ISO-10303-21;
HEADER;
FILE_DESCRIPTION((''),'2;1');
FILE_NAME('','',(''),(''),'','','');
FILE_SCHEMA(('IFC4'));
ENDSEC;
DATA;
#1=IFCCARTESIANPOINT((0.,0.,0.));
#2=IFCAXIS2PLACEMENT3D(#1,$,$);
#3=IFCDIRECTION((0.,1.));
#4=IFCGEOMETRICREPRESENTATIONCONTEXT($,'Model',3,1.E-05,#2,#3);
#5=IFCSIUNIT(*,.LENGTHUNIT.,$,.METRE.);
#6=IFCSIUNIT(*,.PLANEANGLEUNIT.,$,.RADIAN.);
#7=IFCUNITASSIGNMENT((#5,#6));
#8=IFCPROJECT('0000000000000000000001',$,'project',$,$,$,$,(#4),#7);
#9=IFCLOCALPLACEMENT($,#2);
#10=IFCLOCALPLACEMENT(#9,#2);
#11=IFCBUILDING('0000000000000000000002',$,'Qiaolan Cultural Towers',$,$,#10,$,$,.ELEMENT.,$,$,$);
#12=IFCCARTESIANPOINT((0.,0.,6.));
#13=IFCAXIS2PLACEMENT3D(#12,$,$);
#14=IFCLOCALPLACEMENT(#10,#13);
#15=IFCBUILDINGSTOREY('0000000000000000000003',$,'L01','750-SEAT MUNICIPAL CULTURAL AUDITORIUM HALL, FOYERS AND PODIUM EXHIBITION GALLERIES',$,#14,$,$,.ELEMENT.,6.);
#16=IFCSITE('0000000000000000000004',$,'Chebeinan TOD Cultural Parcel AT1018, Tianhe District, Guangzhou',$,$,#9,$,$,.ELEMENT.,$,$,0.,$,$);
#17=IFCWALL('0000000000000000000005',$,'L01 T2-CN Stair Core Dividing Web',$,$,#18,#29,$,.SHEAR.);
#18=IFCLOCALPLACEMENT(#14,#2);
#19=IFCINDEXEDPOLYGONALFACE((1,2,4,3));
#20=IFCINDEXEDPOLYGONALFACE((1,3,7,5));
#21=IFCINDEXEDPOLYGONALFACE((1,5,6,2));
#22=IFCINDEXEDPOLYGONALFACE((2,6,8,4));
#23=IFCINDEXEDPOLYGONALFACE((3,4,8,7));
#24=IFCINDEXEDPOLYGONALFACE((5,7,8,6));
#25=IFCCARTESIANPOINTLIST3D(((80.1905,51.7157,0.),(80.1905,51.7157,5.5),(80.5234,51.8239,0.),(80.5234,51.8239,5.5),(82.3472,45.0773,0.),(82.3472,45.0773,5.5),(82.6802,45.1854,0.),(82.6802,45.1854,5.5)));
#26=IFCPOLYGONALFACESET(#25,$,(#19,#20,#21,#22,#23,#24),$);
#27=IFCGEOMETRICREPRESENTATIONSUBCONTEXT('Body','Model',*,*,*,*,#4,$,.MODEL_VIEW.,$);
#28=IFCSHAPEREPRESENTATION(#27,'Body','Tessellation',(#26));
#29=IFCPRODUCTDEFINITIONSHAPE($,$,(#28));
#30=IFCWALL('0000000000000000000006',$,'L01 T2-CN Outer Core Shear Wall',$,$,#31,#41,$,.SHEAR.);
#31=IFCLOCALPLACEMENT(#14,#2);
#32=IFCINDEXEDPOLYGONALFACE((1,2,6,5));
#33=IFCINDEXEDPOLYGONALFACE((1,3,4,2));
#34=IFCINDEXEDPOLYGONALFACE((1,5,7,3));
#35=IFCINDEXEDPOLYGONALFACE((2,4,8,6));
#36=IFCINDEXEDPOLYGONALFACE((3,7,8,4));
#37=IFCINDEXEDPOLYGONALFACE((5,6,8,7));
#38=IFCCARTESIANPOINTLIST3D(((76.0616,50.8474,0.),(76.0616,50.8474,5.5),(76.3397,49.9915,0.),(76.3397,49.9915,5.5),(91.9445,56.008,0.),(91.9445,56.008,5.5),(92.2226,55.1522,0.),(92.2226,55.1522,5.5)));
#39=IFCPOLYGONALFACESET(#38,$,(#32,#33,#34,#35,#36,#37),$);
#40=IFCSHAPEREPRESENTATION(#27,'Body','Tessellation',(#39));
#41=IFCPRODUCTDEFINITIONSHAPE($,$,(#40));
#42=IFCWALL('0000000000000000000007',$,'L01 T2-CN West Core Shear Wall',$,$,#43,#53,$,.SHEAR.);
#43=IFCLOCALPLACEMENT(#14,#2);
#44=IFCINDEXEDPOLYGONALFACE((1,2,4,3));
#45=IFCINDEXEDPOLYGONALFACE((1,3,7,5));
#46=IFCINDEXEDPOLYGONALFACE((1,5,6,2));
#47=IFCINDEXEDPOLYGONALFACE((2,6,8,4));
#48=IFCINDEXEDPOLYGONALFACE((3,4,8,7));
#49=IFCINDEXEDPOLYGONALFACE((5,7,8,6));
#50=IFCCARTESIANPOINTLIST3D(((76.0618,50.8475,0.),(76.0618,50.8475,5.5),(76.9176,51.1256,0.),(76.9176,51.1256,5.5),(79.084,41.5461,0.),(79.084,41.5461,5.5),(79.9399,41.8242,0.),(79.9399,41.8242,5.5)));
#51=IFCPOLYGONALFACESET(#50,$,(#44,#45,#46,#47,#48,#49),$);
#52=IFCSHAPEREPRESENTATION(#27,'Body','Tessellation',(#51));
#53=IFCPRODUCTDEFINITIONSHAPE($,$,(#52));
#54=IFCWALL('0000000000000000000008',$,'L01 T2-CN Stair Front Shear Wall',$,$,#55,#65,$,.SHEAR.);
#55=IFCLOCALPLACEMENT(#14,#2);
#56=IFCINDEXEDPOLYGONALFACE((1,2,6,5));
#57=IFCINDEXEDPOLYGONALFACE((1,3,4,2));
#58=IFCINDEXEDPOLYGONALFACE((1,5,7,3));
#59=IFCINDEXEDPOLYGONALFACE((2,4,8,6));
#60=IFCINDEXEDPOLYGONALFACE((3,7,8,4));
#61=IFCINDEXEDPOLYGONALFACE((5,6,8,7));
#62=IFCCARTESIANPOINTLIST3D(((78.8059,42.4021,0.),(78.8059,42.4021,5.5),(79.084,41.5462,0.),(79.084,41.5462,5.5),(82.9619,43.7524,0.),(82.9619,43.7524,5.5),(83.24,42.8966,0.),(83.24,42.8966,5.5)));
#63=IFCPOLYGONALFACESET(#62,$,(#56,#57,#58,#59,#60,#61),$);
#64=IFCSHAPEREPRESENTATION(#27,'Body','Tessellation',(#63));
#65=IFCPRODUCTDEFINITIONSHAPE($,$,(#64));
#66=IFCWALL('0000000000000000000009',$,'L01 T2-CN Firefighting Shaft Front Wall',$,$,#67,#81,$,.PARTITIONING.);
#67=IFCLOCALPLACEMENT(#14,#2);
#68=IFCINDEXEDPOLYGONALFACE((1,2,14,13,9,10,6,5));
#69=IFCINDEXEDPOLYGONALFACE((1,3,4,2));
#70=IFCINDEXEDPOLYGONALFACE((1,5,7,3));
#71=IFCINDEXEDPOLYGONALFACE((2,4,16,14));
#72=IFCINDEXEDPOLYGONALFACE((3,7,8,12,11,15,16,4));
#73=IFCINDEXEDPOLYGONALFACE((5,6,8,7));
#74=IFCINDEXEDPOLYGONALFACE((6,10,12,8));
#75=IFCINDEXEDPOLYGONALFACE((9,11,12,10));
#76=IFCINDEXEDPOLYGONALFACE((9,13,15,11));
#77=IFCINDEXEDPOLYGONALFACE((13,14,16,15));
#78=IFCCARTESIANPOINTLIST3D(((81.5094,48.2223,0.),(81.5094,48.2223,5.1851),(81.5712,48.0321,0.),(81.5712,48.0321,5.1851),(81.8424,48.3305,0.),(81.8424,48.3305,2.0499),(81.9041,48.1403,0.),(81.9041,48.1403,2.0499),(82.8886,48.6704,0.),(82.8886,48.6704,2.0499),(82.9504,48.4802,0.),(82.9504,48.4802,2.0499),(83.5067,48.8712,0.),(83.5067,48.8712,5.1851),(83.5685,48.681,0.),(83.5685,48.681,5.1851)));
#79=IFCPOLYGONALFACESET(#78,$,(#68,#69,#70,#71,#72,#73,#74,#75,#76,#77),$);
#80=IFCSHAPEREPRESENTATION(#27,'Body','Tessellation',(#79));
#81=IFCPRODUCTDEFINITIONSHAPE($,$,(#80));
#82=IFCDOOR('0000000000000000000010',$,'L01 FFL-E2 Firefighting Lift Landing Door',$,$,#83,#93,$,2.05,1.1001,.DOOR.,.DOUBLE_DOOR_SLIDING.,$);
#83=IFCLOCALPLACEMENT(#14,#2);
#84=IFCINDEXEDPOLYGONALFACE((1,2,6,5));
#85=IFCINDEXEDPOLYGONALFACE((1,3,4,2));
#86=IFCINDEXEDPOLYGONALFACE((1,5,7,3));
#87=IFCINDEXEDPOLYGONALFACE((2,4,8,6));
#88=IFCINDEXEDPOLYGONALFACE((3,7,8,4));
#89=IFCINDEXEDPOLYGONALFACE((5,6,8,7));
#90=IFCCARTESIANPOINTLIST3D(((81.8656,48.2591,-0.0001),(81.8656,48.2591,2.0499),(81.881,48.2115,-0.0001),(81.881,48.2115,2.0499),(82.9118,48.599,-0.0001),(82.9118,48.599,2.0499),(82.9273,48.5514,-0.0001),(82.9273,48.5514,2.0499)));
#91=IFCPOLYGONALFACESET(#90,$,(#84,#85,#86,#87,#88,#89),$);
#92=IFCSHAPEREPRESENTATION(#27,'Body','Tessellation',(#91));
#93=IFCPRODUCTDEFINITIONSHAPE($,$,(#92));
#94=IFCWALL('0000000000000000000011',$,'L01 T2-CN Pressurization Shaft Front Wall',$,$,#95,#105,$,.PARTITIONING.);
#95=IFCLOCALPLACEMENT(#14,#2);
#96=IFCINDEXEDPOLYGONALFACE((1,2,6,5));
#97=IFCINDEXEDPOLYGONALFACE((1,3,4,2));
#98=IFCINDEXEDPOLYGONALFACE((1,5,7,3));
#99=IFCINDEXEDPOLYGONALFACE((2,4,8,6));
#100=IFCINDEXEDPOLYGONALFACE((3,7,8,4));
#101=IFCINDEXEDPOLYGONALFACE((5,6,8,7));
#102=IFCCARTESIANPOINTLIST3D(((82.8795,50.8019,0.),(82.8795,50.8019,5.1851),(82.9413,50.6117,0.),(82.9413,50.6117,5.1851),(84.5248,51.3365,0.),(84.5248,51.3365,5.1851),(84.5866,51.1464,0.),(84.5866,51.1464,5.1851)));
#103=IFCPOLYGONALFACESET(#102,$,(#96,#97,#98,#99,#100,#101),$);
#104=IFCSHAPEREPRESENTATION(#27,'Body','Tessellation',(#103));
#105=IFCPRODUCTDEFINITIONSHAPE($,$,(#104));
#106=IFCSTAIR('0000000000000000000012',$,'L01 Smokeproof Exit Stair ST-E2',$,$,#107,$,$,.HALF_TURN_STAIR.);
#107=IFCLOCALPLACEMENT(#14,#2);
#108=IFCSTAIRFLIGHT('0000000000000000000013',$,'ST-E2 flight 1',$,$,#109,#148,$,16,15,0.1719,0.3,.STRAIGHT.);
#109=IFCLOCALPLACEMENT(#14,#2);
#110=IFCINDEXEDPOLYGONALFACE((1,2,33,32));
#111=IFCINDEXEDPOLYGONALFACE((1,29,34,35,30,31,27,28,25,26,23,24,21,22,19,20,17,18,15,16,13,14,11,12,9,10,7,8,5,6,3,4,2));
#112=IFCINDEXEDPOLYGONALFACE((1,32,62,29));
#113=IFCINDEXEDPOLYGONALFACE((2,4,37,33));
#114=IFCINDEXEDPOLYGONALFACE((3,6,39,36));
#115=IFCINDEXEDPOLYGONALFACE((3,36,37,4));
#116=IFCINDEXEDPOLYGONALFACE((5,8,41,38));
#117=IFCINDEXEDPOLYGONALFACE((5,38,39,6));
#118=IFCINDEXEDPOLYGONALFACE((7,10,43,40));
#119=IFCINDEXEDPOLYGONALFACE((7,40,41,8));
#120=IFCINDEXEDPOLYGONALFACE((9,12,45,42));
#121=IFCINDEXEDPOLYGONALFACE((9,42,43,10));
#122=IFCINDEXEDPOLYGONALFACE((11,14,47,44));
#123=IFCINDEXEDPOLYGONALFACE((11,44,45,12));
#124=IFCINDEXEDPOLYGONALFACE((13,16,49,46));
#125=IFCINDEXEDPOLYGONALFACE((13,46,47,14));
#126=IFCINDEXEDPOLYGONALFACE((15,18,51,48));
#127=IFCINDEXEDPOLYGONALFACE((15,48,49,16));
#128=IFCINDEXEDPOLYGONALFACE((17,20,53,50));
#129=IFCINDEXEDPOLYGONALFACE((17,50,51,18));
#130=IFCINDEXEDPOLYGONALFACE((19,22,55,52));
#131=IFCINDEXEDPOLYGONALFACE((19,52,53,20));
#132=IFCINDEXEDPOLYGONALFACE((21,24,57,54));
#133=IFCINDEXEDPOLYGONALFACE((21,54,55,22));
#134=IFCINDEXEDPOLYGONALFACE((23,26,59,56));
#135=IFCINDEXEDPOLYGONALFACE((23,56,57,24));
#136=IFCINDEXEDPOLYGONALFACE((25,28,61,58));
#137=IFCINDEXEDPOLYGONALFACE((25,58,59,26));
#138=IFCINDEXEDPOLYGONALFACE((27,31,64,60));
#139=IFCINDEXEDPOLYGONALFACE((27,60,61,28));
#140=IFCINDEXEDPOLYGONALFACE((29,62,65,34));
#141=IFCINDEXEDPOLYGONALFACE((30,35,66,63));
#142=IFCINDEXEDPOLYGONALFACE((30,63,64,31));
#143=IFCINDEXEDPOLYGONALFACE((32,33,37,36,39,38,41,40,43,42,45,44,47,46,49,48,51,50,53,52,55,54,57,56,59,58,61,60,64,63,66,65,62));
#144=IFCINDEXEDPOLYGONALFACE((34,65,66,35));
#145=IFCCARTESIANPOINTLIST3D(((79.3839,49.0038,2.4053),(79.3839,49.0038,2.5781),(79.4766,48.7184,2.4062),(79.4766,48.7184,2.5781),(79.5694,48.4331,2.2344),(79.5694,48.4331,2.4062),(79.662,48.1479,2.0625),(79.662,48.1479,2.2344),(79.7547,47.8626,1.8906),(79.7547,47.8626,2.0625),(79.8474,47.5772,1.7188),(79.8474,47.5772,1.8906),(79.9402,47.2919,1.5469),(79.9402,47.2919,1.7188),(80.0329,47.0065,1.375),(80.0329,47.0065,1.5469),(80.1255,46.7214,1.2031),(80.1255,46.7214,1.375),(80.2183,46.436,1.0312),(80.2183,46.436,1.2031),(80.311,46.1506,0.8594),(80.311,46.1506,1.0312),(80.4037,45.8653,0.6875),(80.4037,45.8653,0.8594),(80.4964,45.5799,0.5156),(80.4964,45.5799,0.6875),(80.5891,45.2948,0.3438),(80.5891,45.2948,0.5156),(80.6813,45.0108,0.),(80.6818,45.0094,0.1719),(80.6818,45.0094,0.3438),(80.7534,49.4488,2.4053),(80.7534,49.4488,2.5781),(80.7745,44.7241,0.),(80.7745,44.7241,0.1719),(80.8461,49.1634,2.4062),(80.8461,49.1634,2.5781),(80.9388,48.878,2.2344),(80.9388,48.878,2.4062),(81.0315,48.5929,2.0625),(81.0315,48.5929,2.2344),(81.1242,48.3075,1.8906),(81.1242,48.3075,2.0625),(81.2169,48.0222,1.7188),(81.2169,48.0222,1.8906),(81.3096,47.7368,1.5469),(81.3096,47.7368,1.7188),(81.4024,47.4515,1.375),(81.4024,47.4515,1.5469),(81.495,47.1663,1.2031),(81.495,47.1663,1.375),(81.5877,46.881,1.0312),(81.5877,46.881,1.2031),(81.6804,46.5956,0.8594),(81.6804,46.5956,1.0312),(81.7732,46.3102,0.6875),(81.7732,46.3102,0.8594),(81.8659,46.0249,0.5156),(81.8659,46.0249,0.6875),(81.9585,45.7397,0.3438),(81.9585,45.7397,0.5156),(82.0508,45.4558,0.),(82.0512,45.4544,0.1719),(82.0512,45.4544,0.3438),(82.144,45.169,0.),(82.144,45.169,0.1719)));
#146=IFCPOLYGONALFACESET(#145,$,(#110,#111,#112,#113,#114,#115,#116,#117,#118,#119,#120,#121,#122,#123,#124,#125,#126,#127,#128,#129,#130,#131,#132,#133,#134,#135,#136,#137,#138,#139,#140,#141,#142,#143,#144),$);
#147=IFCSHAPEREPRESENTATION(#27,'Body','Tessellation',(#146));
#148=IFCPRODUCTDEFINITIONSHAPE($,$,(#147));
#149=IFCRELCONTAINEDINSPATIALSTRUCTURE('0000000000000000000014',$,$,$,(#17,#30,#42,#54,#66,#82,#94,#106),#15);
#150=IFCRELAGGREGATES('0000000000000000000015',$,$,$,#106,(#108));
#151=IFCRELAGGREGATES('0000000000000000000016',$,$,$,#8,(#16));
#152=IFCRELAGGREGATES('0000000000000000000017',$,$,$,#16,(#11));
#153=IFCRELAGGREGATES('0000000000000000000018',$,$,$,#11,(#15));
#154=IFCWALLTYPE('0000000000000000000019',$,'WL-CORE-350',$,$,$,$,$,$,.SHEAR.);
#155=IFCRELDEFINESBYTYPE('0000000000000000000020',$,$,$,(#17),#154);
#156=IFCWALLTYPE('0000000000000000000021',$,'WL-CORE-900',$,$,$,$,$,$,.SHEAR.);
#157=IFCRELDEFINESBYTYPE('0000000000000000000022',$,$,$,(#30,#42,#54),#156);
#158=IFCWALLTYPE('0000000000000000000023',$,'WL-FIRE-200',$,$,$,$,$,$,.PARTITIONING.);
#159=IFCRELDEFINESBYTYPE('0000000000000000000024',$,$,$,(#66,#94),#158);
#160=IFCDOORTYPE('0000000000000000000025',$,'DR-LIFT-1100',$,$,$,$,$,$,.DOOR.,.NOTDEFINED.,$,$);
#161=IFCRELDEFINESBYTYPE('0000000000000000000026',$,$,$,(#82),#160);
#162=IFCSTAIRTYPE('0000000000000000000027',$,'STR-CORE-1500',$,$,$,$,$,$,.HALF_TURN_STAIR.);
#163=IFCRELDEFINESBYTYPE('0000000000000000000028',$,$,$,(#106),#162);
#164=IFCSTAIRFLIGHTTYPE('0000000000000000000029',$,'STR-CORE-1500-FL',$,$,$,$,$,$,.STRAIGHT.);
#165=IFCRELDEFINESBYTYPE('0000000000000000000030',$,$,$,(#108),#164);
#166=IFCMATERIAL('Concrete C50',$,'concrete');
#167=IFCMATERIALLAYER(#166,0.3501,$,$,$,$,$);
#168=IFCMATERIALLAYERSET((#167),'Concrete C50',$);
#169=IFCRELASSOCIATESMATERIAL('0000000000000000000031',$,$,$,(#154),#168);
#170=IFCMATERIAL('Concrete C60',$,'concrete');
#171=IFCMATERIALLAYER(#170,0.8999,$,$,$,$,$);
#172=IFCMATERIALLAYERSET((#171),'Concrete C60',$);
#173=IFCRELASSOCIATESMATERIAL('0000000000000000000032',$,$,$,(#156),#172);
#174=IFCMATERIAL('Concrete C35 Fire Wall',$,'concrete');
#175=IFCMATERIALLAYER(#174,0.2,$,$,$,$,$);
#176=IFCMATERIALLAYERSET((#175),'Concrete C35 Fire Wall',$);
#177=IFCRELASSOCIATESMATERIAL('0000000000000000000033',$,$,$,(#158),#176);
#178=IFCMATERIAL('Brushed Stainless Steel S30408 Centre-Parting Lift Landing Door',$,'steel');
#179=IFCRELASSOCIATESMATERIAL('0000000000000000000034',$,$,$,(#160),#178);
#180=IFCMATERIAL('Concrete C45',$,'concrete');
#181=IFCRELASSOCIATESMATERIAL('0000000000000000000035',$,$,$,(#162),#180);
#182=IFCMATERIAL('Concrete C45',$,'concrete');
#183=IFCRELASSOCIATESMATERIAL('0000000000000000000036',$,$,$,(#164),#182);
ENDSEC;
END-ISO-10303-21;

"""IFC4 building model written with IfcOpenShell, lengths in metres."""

from ifc_helpers import new_model, si_unit, direction, frame, frame_2d, origin, place, context, subcontext, project, spatial, polyline, rectangle, outline, extrude, material, layer, layer_set, type_object, element, fill, aggregate, save


model = new_model("IFC4")

# Units and contexts
model_context = context("Model", 3, precision=1e-05, world=origin(), true_north=direction((0.0, 1.0)))
body_context = subcontext(model_context, "Body", "Model", "MODEL_VIEW")
ifc_project = project(units=[si_unit("LENGTHUNIT", "METRE"), si_unit("PLANEANGLEUNIT", "RADIAN")], contexts=[model_context])

# Site, building, storey
site_placement = place(None, origin())
site = spatial("IfcSite", under=ifc_project, at=site_placement, Name="Chebeinan TOD Cultural Parcel AT1018, Tianhe District, Guangzhou", CompositionType="ELEMENT", RefElevation=0.0)
building_placement = place(site_placement, origin())
building = spatial("IfcBuilding", under=site, at=building_placement, Name="Qiaolan Cultural Towers", CompositionType="ELEMENT")
storey_placement = place(building_placement, frame((0.0, 0.0, 6.0)))
storey = spatial("IfcBuildingStorey", under=building, at=storey_placement, Name="L01", Description="750-SEAT MUNICIPAL CULTURAL AUDITORIUM HALL, FOYERS AND PODIUM EXHIBITION GALLERIES", CompositionType="ELEMENT", Elevation=6.0)

# Walls
ifc_material_1 = material(Name="Concrete C50", Category="concrete")
ifc_layer_1 = layer(ifc_material_1, 0.3501)
ifc_layer_set_1 = layer_set([ifc_layer_1], Name="Concrete C50")
wall_type_1 = type_object("IfcWallType", Name="WL-CORE-350", PredefinedType="SHEAR", material=ifc_layer_set_1)
wall_1_placement = place(storey_placement, frame((82.5137, 45.1313, 0.0), z_axis=(0.0, 0.0, 1.0), x_axis=(-0.308989, 0.951066, 0.0)))
element("IfcWall", 1, at=wall_1_placement, inside=storey, type_object=wall_type_1, Name="L01 T2-CN Stair Core Dividing Web", PredefinedType="SHEAR", context=body_context, shape_type="SweptSolid", body=[
    extrude(rectangle(XDim=6.98, YDim=0.3501, at=frame_2d((3.49, 0.0))), origin(), (0.0, 0.0, 1.0), 5.5),
])
ifc_material_2 = material(Name="Concrete C60", Category="concrete")
ifc_layer_2 = layer(ifc_material_2, 0.8999)
ifc_layer_set_2 = layer_set([ifc_layer_2], Name="Concrete C60")
wall_type_2 = type_object("IfcWallType", Name="WL-CORE-900", PredefinedType="SHEAR", material=ifc_layer_set_2)
wall_2_placement = place(storey_placement, frame((76.2007, 50.4194, 0.0), z_axis=(0.0, 0.0, 1.0), x_axis=(0.951056, 0.309017, 0.0)))
element("IfcWall", 2, at=wall_2_placement, inside=storey, type_object=wall_type_2, Name="L01 T2-CN Outer Core Shear Wall", PredefinedType="SHEAR", context=body_context, shape_type="SweptSolid", body=[
    extrude(rectangle(XDim=16.7002, YDim=0.8999, at=frame_2d((8.3501, 0.0))), origin(), (0.0, 0.0, 1.0), 5.5),
])
wall_3_placement = place(storey_placement, frame((79.512, 41.6851, 0.0), z_axis=(0.0, 0.0, 1.0), x_axis=(-0.309022, 0.951055, 0.0)))
element("IfcWall", 3, at=wall_3_placement, inside=storey, type_object=wall_type_2, Name="L01 T2-CN West Core Shear Wall", PredefinedType="SHEAR", context=body_context, shape_type="SweptSolid", body=[
    extrude(rectangle(XDim=9.78, YDim=0.8999, at=frame_2d((4.8901, 0.0))), origin(), (0.0, 0.0, 1.0), 5.5),
])
wall_4_placement = place(storey_placement, frame((78.9448, 41.9741, 0.0), z_axis=(0.0, 0.0, 1.0), x_axis=(0.951058, 0.309012, 0.0)))
element("IfcWall", 4, at=wall_4_placement, inside=storey, type_object=wall_type_2, Name="L01 T2-CN Stair Front Shear Wall", PredefinedType="SHEAR", context=body_context, shape_type="SweptSolid", body=[
    extrude(rectangle(XDim=4.3699, YDim=0.8999, at=frame_2d((2.1851, 0.0))), origin(), (0.0, 0.0, 1.0), 5.5),
])

# Wall, opening, door
ifc_material_3 = material(Name="Concrete C35 Fire Wall", Category="concrete")
ifc_layer_3 = layer(ifc_material_3, 0.2)
ifc_layer_set_3 = layer_set([ifc_layer_3], Name="Concrete C35 Fire Wall")
wall_type_3 = type_object("IfcWallType", Name="WL-FIRE-200", PredefinedType="PARTITIONING", material=ifc_layer_set_3)
wall_5_placement = place(storey_placement, frame((81.5403, 48.1272, 0.0), z_axis=(0.0, 0.0, 1.0), x_axis=(0.951062, 0.308999, 0.0)))
wall_5 = element("IfcWall", 5, at=wall_5_placement, inside=storey, type_object=wall_type_3, Name="L01 T2-CN Firefighting Shaft Front Wall", PredefinedType="PARTITIONING", context=body_context, shape_type="SweptSolid", body=[
    extrude(rectangle(XDim=2.1001, YDim=0.2, at=frame_2d((1.05, 0.0))), origin(), (0.0, 0.0, 1.0), 5.1851),
])
opening_placement = place(wall_5_placement, frame((0.3501, 0.0, 0.0)))
opening = element("IfcOpeningElement", 6, at=opening_placement, cuts=wall_5, PredefinedType="OPENING", context=body_context, shape_type="SweptSolid", body=[
    extrude(rectangle(XDim=1.1001, YDim=2.05, at=frame_2d((0.55, 1.0249))), frame((0.0, 0.1099, 0.0), z_axis=(0.0, -1.0, 0.0), x_axis=(1.0, 0.0, 0.0)), (0.0, 0.0, 1.0), 0.22),
])
ifc_material_4 = material(Name="Brushed Stainless Steel S30408 Centre-Parting Lift Landing Door", Category="steel")
door_type = type_object("IfcDoorType", Name="DR-LIFT-1100", OperationType="NOTDEFINED", PredefinedType="DOOR", material=ifc_material_4)
door_placement = place(opening_placement, origin())
door = element("IfcDoor", 7, at=door_placement, inside=storey, type_object=door_type, Name="L01 FFL-E2 Firefighting Lift Landing Door", OperationType="DOUBLE_DOOR_SLIDING", OverallHeight=2.05, OverallWidth=1.1001, PredefinedType="DOOR", context=body_context, shape_type="SweptSolid", body=[
    extrude(rectangle(XDim=1.1001, YDim=2.05, at=frame_2d((0.55, 1.0249))), frame((0.0, 0.0249, 0.0), z_axis=(0.0, -1.0, 0.0), x_axis=(1.0, 0.0, 0.0)), (0.0, 0.0, 1.0), 0.05),
])
fill(opening, door)

# Wall
wall_6_placement = place(storey_placement, frame((82.9104, 50.7068, 0.0), z_axis=(0.0, 0.0, 1.0), x_axis=(0.951041, 0.309064, 0.0)))
element("IfcWall", 8, at=wall_6_placement, inside=storey, type_object=wall_type_3, Name="L01 T2-CN Pressurization Shaft Front Wall", PredefinedType="PARTITIONING", context=body_context, shape_type="SweptSolid", body=[
    extrude(rectangle(XDim=1.73, YDim=0.2, at=frame_2d((0.865, 0.0))), origin(), (0.0, 0.0, 1.0), 5.1851),
])

# Stair, stair flight
ifc_material_5 = material(Name="Concrete C45", Category="concrete")
stair_type = type_object("IfcStairType", Name="STR-CORE-1500", PredefinedType="HALF_TURN_STAIR", material=ifc_material_5)
stair_placement = place(storey_placement, origin())
stair = element("IfcStair", 9, at=stair_placement, inside=storey, type_object=stair_type, Name="L01 Smokeproof Exit Stair ST-E2", PredefinedType="HALF_TURN_STAIR")
ifc_material_6 = material(Name="Concrete C45", Category="concrete")
stair_flight_type = type_object("IfcStairFlightType", Name="STR-CORE-1500-FL", PredefinedType="STRAIGHT", material=ifc_material_6)
stair_flight_1_placement = place(storey_placement, frame((81.4592, 44.9465, 0.0), z_axis=(0.0, 0.0, 1.0), x_axis=(-0.309017, 0.951057, 0.0)))
stair_flight_1 = element("IfcStairFlight", 10, at=stair_flight_1_placement, type_object=stair_flight_type, Name="ST-E2 flight 1", NumberOfRisers=16, NumberOfTreads=15, PredefinedType="STRAIGHT", RiserHeight=0.1719, TreadLength=0.3, context=body_context, shape_type="SweptSolid", body=[
    extrude(outline(polyline([(0.0, 0.0), (0.0, 0.1719), (0.3, 0.1719), (0.3, 0.3438), (0.6001, 0.3438), (0.6001, 0.5156), (0.8999, 0.5156), (0.8999, 0.6875), (1.2, 0.6875), (1.2, 0.8594), (1.5, 0.8594), (1.5, 1.0312), (1.8, 1.0312), (1.8, 1.2031), (2.1001, 1.2031), (2.1001, 1.375), (2.3999, 1.375), (2.3999, 1.5469), (2.7, 1.5469), (2.7, 1.7188), (3.0, 1.7188), (3.0, 1.8906), (3.3, 1.8906), (3.3, 2.0625), (3.6001, 2.0625), (3.6001, 2.2344), (3.8999, 2.2344), (3.8999, 2.4062), (4.2, 2.4062), (4.2, 2.5781), (4.5, 2.5781), (4.5, 2.75), (4.5, 2.4053), (0.3015, 0.0), (0.0, 0.0)])), frame((0.0, 0.72, 0.0), z_axis=(0.0, -1.0, 0.0), x_axis=(1.0, 0.0, 0.0)), (0.0, 0.0, 1.0), 1.4399),
])
aggregate(stair, [stair_flight_1])

save(model, "model.ifc")
